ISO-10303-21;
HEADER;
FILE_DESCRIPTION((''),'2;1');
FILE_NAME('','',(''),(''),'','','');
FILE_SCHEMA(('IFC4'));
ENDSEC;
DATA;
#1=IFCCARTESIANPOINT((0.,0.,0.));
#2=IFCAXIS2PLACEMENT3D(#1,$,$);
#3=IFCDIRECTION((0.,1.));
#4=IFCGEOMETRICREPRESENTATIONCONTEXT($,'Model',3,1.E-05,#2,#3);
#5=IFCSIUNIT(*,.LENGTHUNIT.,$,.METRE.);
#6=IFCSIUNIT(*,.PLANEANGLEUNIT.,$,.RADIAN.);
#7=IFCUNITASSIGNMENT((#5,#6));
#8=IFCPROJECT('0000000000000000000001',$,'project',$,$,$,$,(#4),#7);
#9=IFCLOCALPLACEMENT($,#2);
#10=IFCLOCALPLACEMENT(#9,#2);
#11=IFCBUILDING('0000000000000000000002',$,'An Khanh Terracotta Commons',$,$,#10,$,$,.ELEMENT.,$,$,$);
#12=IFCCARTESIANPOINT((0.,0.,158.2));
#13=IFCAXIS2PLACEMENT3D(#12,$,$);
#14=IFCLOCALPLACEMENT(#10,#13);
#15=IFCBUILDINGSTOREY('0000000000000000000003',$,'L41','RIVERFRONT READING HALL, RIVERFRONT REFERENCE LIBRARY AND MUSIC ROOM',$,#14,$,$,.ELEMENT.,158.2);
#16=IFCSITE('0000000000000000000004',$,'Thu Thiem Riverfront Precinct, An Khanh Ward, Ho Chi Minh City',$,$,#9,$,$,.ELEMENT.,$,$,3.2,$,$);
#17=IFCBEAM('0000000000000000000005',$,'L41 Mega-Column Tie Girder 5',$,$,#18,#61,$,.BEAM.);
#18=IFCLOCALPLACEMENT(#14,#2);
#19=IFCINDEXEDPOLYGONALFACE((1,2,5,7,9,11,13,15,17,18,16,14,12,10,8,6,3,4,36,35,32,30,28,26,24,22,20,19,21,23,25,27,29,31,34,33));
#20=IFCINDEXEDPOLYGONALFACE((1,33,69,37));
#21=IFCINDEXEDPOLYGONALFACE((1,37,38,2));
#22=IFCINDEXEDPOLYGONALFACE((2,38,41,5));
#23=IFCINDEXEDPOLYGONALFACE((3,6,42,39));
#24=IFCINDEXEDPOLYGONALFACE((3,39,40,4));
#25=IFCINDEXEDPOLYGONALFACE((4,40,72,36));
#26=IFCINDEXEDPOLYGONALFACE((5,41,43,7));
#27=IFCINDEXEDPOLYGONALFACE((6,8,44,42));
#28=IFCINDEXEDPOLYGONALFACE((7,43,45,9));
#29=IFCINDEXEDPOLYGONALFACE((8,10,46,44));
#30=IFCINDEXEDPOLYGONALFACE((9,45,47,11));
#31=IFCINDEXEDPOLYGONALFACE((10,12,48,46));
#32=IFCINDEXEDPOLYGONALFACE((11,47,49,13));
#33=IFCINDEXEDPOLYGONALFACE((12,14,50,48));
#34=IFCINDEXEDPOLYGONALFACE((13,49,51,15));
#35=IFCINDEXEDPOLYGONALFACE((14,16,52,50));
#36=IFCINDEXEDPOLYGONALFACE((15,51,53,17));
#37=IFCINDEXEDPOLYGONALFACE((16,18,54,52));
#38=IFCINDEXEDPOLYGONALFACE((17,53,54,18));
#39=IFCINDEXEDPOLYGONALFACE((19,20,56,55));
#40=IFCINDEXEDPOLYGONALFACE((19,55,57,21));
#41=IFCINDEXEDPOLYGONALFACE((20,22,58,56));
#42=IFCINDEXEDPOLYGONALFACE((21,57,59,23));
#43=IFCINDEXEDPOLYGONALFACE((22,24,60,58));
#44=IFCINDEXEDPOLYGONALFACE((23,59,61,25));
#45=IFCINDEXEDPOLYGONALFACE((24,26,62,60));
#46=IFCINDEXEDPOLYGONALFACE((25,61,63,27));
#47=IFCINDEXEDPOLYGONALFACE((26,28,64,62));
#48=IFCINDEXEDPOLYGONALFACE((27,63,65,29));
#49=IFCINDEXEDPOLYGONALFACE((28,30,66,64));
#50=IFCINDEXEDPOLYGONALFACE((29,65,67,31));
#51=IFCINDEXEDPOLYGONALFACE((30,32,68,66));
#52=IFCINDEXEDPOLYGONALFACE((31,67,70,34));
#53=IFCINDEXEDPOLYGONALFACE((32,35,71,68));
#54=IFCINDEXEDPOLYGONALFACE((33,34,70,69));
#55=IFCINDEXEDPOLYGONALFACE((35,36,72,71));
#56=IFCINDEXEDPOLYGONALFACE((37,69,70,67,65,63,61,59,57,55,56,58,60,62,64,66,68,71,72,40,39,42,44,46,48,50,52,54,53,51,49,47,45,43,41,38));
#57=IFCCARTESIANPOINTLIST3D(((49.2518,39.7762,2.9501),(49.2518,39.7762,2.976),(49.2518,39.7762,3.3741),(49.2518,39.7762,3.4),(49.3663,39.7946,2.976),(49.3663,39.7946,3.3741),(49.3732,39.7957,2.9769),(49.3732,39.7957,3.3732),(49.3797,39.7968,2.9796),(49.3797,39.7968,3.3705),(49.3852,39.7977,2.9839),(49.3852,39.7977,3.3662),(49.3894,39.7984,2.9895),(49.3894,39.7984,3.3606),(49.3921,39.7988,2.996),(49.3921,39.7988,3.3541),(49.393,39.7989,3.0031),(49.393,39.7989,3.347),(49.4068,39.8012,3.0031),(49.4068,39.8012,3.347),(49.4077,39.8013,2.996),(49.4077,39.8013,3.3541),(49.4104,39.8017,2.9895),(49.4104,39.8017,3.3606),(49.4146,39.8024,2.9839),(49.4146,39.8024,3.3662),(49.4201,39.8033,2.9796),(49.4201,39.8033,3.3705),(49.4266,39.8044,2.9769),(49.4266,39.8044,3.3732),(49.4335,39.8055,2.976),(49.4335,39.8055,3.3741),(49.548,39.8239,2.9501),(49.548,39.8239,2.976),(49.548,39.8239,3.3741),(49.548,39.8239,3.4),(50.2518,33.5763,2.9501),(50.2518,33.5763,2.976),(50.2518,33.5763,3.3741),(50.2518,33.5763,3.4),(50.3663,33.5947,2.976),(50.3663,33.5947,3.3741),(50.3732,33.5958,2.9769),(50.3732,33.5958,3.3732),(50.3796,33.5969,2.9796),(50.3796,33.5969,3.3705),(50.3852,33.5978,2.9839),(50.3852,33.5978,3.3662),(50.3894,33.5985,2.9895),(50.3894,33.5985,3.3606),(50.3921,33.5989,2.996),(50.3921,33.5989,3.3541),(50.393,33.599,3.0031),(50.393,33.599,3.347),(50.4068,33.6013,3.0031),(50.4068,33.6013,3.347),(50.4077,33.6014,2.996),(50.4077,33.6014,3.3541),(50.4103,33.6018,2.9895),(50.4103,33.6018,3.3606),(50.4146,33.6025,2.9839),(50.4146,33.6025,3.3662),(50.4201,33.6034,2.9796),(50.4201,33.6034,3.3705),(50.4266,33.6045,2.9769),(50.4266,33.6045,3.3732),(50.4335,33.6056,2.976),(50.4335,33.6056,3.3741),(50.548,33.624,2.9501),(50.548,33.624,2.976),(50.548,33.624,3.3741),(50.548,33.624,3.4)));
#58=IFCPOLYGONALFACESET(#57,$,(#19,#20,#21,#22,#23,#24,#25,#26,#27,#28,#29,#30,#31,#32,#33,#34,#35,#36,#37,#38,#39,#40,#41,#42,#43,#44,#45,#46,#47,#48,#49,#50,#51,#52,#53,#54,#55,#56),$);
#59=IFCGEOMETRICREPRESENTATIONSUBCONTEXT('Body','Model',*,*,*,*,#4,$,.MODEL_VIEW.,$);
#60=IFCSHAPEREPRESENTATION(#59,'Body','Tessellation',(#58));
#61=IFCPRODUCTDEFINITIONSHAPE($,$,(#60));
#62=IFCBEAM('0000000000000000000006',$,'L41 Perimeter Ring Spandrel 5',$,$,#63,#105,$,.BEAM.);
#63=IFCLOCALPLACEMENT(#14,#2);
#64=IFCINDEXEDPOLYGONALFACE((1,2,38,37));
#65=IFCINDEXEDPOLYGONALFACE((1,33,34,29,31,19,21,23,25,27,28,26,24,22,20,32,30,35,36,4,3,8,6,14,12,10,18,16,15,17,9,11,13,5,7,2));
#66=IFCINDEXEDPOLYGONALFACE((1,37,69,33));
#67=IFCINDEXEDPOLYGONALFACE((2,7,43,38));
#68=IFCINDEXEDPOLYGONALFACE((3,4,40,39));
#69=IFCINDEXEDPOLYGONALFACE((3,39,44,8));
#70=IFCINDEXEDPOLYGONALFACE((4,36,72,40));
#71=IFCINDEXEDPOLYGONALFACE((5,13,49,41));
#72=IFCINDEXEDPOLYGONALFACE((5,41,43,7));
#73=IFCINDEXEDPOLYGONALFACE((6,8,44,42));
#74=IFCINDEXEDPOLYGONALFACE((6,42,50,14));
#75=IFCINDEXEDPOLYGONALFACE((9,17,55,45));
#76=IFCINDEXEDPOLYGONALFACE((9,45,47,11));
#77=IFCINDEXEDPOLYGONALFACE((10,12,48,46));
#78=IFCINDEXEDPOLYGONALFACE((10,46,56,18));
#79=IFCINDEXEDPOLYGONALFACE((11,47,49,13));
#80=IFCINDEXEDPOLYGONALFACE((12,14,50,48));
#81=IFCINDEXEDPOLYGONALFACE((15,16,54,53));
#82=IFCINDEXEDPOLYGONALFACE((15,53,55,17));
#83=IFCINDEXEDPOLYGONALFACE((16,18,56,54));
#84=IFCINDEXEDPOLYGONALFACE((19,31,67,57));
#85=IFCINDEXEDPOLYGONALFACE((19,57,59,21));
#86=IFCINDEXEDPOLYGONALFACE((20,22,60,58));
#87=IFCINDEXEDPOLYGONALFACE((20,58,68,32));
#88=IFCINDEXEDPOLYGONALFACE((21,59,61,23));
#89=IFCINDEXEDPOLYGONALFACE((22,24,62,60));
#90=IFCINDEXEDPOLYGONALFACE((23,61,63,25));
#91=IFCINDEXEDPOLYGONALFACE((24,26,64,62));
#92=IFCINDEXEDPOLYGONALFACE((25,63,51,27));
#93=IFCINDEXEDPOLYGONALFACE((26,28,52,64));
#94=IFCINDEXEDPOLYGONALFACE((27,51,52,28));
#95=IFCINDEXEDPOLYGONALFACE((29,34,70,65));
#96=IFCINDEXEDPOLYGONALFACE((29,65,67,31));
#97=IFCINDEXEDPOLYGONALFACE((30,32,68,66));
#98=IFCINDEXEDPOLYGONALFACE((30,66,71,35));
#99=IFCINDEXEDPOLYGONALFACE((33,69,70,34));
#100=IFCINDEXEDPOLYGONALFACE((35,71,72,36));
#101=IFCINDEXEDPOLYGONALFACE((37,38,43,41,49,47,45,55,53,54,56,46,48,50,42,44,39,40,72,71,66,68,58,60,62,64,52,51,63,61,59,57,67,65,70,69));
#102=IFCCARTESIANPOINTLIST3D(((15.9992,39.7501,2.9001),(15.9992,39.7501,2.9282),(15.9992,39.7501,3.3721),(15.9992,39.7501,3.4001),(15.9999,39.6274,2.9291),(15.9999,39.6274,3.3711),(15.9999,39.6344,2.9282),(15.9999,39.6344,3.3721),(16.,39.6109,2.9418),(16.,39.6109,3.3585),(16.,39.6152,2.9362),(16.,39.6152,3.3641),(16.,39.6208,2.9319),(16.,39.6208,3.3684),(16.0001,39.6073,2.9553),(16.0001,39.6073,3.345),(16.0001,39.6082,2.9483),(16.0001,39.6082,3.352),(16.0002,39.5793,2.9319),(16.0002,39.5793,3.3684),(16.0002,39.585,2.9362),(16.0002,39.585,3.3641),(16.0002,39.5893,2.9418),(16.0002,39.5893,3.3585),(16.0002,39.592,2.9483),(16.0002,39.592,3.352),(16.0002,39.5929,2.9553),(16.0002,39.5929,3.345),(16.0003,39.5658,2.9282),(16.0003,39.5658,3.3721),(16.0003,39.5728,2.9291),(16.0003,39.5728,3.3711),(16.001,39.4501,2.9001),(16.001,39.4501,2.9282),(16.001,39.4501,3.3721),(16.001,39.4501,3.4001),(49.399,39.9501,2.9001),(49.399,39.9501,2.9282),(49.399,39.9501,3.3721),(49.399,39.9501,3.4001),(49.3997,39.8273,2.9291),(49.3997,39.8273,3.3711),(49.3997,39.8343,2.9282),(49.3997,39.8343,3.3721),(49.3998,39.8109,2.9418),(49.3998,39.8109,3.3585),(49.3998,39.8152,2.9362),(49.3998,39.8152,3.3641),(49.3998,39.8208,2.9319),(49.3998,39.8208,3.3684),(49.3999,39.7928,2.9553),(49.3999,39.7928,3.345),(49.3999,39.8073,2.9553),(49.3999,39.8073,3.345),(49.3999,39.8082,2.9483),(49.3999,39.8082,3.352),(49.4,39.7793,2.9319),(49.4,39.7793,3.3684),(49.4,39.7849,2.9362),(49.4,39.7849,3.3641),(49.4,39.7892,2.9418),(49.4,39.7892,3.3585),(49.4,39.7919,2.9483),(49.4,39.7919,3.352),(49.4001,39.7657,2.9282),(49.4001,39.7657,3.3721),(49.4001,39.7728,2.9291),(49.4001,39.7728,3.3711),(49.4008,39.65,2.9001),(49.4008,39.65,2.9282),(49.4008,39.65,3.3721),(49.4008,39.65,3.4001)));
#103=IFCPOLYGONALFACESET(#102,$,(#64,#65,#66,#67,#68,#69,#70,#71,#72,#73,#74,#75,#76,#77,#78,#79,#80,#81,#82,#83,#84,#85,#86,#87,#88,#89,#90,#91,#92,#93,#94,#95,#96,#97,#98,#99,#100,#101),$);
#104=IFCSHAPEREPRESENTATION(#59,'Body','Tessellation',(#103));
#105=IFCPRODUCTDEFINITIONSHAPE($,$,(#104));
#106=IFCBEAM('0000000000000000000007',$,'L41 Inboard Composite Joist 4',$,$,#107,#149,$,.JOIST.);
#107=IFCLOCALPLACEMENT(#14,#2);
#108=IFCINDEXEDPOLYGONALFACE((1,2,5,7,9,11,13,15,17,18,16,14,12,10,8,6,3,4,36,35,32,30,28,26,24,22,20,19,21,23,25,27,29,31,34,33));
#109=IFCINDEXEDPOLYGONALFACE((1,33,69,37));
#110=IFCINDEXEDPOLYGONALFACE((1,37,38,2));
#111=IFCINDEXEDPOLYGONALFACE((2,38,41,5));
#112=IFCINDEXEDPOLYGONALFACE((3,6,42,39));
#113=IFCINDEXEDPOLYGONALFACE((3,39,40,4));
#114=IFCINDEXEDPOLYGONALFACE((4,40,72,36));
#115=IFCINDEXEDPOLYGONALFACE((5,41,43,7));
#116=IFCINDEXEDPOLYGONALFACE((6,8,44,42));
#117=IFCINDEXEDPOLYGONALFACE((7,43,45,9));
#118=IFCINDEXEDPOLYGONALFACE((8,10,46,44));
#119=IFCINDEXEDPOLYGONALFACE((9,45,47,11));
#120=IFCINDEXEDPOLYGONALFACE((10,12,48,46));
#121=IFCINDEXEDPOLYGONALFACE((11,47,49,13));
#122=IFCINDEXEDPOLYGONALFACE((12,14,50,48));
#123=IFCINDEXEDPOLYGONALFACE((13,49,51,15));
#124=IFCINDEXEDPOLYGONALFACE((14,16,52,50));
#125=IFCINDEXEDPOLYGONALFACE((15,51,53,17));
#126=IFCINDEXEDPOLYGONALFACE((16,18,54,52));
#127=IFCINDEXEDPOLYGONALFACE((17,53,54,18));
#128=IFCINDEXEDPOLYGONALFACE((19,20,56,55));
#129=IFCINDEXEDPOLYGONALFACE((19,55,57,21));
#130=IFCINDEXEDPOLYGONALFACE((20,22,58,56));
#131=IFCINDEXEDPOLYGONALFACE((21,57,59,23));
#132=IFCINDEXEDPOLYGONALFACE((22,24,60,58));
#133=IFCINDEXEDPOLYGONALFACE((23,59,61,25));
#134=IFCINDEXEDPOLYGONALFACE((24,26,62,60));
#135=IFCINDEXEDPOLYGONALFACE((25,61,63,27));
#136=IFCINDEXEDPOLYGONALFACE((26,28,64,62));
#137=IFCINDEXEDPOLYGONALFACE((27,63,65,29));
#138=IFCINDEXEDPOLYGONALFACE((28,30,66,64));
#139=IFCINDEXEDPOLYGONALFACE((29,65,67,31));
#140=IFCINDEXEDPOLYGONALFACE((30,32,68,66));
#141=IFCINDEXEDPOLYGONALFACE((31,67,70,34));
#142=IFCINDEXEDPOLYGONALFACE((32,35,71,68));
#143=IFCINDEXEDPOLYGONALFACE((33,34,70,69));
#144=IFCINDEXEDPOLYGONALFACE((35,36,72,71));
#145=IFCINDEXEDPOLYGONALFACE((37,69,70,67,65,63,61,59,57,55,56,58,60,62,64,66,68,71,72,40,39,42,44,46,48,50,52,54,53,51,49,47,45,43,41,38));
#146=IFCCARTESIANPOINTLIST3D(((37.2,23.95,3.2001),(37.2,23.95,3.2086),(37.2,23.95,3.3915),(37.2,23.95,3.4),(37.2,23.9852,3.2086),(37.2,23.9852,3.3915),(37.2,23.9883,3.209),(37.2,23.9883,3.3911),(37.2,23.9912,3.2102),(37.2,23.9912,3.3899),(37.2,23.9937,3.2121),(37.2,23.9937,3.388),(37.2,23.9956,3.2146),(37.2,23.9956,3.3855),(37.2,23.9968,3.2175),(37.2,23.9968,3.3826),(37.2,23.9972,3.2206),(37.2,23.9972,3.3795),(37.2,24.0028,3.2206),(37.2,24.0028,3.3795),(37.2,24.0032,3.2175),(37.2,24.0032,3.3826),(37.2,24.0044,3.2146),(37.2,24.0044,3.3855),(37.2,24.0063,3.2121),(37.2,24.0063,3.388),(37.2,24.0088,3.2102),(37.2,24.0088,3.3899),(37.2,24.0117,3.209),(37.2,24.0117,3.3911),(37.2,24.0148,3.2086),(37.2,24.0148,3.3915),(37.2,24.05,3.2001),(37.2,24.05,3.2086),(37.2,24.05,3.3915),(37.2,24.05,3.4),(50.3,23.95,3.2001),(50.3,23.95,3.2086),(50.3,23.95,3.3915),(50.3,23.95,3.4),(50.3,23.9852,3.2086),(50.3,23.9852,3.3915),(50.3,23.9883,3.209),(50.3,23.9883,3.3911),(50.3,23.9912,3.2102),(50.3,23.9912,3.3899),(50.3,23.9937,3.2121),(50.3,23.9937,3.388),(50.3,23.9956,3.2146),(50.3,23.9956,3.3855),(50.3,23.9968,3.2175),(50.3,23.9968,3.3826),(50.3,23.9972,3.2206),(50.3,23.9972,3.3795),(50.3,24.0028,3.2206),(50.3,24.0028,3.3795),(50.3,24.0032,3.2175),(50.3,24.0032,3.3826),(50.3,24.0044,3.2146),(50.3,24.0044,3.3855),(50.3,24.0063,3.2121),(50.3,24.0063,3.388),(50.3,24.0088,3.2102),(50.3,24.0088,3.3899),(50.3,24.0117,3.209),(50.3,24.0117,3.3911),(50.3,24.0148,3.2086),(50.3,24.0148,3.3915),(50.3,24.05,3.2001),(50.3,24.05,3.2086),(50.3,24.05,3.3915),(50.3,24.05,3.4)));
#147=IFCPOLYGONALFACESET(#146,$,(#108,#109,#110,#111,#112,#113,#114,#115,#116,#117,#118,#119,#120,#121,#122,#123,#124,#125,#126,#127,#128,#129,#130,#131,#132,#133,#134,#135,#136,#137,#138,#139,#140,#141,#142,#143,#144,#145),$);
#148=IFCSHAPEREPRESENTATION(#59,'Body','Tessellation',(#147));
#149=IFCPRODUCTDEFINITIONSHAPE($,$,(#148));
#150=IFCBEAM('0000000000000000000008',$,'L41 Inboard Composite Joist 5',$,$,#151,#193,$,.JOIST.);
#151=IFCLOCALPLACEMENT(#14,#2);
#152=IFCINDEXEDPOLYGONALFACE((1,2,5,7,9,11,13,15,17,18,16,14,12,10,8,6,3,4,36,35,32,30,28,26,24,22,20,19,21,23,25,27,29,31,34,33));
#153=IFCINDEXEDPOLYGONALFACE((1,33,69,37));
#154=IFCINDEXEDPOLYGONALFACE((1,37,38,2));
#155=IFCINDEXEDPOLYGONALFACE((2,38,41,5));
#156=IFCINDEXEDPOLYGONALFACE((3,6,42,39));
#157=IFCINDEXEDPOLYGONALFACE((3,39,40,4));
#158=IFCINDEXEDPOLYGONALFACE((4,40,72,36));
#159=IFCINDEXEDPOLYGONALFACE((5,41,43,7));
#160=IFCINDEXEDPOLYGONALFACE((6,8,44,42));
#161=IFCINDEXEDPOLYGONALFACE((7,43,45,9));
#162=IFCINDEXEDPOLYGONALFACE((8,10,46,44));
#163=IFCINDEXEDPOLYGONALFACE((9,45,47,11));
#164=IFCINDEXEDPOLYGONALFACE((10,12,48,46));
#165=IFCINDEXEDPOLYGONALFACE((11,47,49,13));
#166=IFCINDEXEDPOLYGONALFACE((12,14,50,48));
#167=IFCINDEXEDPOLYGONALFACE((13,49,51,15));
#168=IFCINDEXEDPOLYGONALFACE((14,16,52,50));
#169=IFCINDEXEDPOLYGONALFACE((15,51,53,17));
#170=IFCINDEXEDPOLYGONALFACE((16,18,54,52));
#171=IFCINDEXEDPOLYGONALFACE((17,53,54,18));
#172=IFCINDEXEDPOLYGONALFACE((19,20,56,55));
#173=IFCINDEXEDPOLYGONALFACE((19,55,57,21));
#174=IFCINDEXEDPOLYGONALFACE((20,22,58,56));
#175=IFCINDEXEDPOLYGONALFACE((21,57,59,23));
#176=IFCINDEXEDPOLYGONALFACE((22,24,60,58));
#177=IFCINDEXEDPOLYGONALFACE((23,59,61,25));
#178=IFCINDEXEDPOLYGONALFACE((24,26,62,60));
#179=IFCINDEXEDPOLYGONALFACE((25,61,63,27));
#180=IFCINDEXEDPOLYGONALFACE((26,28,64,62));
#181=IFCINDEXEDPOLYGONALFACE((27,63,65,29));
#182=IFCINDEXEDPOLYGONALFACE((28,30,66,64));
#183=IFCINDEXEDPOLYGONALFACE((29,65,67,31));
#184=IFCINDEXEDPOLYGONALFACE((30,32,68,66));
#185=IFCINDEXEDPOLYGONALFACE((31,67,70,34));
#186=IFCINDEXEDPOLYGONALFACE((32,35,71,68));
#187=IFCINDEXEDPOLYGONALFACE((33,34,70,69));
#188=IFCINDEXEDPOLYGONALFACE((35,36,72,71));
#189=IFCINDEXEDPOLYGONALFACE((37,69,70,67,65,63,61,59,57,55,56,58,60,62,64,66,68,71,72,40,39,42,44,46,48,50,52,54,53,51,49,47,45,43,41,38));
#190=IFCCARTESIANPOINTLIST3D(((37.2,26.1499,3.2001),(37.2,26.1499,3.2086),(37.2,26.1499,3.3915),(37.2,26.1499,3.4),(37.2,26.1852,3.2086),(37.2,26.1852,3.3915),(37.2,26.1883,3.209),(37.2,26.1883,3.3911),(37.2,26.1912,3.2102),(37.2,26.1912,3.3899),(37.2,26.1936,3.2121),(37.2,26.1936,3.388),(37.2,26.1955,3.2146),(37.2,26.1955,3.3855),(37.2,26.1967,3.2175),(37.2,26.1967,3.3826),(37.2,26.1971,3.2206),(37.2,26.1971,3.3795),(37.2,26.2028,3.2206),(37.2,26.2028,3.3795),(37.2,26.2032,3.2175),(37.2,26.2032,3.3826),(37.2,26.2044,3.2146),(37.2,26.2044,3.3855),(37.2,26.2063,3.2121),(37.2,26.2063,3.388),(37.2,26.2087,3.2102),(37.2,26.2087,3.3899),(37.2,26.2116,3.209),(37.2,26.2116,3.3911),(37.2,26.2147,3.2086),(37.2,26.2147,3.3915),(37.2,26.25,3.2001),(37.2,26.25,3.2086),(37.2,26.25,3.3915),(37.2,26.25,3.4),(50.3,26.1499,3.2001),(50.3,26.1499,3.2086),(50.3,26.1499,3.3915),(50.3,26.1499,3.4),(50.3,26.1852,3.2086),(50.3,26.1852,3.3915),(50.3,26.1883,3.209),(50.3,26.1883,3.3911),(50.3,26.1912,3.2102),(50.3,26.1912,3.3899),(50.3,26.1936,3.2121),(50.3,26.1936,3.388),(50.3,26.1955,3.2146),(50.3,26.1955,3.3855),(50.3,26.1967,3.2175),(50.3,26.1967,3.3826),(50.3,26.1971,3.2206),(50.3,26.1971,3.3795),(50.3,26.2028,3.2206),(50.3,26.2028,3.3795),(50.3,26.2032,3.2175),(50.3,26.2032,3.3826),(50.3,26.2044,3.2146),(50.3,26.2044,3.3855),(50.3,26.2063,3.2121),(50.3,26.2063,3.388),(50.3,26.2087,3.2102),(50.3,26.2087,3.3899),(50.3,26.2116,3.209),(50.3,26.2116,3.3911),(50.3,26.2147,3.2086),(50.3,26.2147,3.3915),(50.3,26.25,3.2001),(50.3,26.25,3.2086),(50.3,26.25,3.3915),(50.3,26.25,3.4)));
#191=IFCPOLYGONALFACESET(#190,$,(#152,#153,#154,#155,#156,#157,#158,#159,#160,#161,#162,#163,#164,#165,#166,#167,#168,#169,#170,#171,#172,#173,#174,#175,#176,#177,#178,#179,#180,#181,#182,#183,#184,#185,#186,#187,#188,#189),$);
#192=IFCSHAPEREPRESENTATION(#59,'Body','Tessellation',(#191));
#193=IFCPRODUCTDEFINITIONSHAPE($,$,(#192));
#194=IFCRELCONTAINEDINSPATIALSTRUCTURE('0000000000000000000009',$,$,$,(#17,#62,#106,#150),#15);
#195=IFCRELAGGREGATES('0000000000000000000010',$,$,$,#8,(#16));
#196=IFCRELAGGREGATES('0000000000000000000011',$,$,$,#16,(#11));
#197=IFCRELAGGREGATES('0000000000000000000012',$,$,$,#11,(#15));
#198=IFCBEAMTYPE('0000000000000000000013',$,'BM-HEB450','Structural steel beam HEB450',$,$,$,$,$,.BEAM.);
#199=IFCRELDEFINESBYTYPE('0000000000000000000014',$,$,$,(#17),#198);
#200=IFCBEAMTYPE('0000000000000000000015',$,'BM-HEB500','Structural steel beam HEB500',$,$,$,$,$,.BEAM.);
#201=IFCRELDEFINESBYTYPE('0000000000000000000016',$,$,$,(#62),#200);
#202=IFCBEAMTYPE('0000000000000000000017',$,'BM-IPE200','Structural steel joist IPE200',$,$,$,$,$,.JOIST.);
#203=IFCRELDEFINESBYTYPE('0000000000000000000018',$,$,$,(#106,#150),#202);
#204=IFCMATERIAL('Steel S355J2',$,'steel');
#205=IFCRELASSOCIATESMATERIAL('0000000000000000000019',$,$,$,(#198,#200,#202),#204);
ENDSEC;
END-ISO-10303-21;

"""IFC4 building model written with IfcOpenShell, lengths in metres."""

from ifc_helpers import new_model, si_unit, direction, frame, origin, origin_2d, place, context, subcontext, project, spatial, i_section, extrude, material, material_profile, profile_set, type_object, element, save


model = new_model("IFC4")

# Units and contexts
model_context = context("Model", 3, precision=1e-05, world=origin(), true_north=direction((0.0, 1.0)))
body_context = subcontext(model_context, "Body", "Model", "MODEL_VIEW")
ifc_project = project(units=[si_unit("LENGTHUNIT", "METRE"), si_unit("PLANEANGLEUNIT", "RADIAN")], contexts=[model_context])

# Site, building, storey
site_placement = place(None, origin())
site = spatial("IfcSite", under=ifc_project, at=site_placement, Name="Thu Thiem Riverfront Precinct, An Khanh Ward, Ho Chi Minh City", CompositionType="ELEMENT", RefElevation=3.2)
building_placement = place(site_placement, origin())
building = spatial("IfcBuilding", under=site, at=building_placement, Name="An Khanh Terracotta Commons", CompositionType="ELEMENT")
storey_placement = place(building_placement, frame((0.0, 0.0, 158.2)))
storey = spatial("IfcBuildingStorey", under=building, at=storey_placement, Name="L41", Description="RIVERFRONT READING HALL, RIVERFRONT REFERENCE LIBRARY AND MUSIC ROOM", CompositionType="ELEMENT", Elevation=158.2)

# Beams
ifc_material_1 = material(Name="Steel S355J2", Category="steel")
ifc_material_profile_1 = material_profile(ifc_material_1, i_section(OverallWidth=0.3, OverallDepth=0.45, WebThickness=0.0139, FlangeThickness=0.0259, FilletRadius=0.0271, at=origin_2d()), Name="HEB450")
ifc_profile_set_1 = profile_set([ifc_material_profile_1], Name="Steel S355J2")
beam_type_1 = type_object("IfcBeamType", Name="BM-HEB450", Description="Structural steel beam HEB450", PredefinedType="BEAM", material=ifc_profile_set_1)
beam_1_placement = place(storey_placement, frame((49.3999, 39.8, 3.175), z_axis=(0.159234, -0.987241, 0.0), x_axis=(0.987241, 0.159234, 0.0)))
element("IfcBeam", 1, at=beam_1_placement, inside=storey, type_object=beam_type_1, Name="L41 Mega-Column Tie Girder 5", PredefinedType="BEAM", context=body_context, shape_type="SweptSolid", body=[
    extrude(i_section(OverallWidth=0.3, OverallDepth=0.45, WebThickness=0.0139, FlangeThickness=0.0259, FilletRadius=0.0271, at=origin_2d()), origin(), (0.0, 0.0, 1.0), 6.28),
])
ifc_material_profile_2 = material_profile(ifc_material_1, i_section(OverallWidth=0.3, OverallDepth=0.5, WebThickness=0.0144, FlangeThickness=0.0281, FilletRadius=0.0271, at=origin_2d()), Name="HEB500")
ifc_profile_set_2 = profile_set([ifc_material_profile_2], Name="Steel S355J2")
beam_type_2 = type_object("IfcBeamType", Name="BM-HEB500", Description="Structural steel beam HEB500", PredefinedType="BEAM", material=ifc_profile_set_2)
beam_2_placement = place(storey_placement, frame((49.3999, 39.8, 3.1501), z_axis=(-0.999982, -0.005986, 0.0), x_axis=(0.005986, -0.999982, 0.0)))
element("IfcBeam", 2, at=beam_2_placement, inside=storey, type_object=beam_type_2, Name="L41 Perimeter Ring Spandrel 5", PredefinedType="BEAM", context=body_context, shape_type="SweptSolid", body=[
    extrude(i_section(OverallWidth=0.3, OverallDepth=0.5, WebThickness=0.0144, FlangeThickness=0.0281, FilletRadius=0.0271, at=origin_2d()), origin(), (0.0, 0.0, 1.0), 33.4004),
])
ifc_material_profile_3 = material_profile(ifc_material_1, i_section(OverallWidth=0.1001, OverallDepth=0.2, WebThickness=0.0056, FlangeThickness=0.0085, FilletRadius=0.012, at=origin_2d()), Name="IPE200")
ifc_profile_set_3 = profile_set([ifc_material_profile_3], Name="Steel S355J2")
beam_type_3 = type_object("IfcBeamType", Name="BM-IPE200", Description="Structural steel joist IPE200", PredefinedType="JOIST", material=ifc_profile_set_3)
for number, where, z_axis, x_axis, name in (
    (3, (37.2, 24.0, 3.3), (1.0, 0.0, 0.0), (0.0, 1.0, 0.0), "L41 Inboard Composite Joist 4"),
    (4, (37.2, 26.2, 3.3), (1.0, 0.0, 0.0), (0.0, 1.0, 0.0), "L41 Inboard Composite Joist 5"),
):
    element("IfcBeam", number, at=place(storey_placement, frame(where, z_axis=z_axis, x_axis=x_axis)), inside=storey, type_object=beam_type_3, Name=name, PredefinedType="JOIST", context=body_context, shape_type="SweptSolid", body=[
        extrude(i_section(OverallWidth=0.1001, OverallDepth=0.2, WebThickness=0.0056, FlangeThickness=0.0085, FilletRadius=0.012, at=origin_2d()), origin(), (0.0, 0.0, 1.0), 13.1001),
    ])

save(model, "model.ifc")
